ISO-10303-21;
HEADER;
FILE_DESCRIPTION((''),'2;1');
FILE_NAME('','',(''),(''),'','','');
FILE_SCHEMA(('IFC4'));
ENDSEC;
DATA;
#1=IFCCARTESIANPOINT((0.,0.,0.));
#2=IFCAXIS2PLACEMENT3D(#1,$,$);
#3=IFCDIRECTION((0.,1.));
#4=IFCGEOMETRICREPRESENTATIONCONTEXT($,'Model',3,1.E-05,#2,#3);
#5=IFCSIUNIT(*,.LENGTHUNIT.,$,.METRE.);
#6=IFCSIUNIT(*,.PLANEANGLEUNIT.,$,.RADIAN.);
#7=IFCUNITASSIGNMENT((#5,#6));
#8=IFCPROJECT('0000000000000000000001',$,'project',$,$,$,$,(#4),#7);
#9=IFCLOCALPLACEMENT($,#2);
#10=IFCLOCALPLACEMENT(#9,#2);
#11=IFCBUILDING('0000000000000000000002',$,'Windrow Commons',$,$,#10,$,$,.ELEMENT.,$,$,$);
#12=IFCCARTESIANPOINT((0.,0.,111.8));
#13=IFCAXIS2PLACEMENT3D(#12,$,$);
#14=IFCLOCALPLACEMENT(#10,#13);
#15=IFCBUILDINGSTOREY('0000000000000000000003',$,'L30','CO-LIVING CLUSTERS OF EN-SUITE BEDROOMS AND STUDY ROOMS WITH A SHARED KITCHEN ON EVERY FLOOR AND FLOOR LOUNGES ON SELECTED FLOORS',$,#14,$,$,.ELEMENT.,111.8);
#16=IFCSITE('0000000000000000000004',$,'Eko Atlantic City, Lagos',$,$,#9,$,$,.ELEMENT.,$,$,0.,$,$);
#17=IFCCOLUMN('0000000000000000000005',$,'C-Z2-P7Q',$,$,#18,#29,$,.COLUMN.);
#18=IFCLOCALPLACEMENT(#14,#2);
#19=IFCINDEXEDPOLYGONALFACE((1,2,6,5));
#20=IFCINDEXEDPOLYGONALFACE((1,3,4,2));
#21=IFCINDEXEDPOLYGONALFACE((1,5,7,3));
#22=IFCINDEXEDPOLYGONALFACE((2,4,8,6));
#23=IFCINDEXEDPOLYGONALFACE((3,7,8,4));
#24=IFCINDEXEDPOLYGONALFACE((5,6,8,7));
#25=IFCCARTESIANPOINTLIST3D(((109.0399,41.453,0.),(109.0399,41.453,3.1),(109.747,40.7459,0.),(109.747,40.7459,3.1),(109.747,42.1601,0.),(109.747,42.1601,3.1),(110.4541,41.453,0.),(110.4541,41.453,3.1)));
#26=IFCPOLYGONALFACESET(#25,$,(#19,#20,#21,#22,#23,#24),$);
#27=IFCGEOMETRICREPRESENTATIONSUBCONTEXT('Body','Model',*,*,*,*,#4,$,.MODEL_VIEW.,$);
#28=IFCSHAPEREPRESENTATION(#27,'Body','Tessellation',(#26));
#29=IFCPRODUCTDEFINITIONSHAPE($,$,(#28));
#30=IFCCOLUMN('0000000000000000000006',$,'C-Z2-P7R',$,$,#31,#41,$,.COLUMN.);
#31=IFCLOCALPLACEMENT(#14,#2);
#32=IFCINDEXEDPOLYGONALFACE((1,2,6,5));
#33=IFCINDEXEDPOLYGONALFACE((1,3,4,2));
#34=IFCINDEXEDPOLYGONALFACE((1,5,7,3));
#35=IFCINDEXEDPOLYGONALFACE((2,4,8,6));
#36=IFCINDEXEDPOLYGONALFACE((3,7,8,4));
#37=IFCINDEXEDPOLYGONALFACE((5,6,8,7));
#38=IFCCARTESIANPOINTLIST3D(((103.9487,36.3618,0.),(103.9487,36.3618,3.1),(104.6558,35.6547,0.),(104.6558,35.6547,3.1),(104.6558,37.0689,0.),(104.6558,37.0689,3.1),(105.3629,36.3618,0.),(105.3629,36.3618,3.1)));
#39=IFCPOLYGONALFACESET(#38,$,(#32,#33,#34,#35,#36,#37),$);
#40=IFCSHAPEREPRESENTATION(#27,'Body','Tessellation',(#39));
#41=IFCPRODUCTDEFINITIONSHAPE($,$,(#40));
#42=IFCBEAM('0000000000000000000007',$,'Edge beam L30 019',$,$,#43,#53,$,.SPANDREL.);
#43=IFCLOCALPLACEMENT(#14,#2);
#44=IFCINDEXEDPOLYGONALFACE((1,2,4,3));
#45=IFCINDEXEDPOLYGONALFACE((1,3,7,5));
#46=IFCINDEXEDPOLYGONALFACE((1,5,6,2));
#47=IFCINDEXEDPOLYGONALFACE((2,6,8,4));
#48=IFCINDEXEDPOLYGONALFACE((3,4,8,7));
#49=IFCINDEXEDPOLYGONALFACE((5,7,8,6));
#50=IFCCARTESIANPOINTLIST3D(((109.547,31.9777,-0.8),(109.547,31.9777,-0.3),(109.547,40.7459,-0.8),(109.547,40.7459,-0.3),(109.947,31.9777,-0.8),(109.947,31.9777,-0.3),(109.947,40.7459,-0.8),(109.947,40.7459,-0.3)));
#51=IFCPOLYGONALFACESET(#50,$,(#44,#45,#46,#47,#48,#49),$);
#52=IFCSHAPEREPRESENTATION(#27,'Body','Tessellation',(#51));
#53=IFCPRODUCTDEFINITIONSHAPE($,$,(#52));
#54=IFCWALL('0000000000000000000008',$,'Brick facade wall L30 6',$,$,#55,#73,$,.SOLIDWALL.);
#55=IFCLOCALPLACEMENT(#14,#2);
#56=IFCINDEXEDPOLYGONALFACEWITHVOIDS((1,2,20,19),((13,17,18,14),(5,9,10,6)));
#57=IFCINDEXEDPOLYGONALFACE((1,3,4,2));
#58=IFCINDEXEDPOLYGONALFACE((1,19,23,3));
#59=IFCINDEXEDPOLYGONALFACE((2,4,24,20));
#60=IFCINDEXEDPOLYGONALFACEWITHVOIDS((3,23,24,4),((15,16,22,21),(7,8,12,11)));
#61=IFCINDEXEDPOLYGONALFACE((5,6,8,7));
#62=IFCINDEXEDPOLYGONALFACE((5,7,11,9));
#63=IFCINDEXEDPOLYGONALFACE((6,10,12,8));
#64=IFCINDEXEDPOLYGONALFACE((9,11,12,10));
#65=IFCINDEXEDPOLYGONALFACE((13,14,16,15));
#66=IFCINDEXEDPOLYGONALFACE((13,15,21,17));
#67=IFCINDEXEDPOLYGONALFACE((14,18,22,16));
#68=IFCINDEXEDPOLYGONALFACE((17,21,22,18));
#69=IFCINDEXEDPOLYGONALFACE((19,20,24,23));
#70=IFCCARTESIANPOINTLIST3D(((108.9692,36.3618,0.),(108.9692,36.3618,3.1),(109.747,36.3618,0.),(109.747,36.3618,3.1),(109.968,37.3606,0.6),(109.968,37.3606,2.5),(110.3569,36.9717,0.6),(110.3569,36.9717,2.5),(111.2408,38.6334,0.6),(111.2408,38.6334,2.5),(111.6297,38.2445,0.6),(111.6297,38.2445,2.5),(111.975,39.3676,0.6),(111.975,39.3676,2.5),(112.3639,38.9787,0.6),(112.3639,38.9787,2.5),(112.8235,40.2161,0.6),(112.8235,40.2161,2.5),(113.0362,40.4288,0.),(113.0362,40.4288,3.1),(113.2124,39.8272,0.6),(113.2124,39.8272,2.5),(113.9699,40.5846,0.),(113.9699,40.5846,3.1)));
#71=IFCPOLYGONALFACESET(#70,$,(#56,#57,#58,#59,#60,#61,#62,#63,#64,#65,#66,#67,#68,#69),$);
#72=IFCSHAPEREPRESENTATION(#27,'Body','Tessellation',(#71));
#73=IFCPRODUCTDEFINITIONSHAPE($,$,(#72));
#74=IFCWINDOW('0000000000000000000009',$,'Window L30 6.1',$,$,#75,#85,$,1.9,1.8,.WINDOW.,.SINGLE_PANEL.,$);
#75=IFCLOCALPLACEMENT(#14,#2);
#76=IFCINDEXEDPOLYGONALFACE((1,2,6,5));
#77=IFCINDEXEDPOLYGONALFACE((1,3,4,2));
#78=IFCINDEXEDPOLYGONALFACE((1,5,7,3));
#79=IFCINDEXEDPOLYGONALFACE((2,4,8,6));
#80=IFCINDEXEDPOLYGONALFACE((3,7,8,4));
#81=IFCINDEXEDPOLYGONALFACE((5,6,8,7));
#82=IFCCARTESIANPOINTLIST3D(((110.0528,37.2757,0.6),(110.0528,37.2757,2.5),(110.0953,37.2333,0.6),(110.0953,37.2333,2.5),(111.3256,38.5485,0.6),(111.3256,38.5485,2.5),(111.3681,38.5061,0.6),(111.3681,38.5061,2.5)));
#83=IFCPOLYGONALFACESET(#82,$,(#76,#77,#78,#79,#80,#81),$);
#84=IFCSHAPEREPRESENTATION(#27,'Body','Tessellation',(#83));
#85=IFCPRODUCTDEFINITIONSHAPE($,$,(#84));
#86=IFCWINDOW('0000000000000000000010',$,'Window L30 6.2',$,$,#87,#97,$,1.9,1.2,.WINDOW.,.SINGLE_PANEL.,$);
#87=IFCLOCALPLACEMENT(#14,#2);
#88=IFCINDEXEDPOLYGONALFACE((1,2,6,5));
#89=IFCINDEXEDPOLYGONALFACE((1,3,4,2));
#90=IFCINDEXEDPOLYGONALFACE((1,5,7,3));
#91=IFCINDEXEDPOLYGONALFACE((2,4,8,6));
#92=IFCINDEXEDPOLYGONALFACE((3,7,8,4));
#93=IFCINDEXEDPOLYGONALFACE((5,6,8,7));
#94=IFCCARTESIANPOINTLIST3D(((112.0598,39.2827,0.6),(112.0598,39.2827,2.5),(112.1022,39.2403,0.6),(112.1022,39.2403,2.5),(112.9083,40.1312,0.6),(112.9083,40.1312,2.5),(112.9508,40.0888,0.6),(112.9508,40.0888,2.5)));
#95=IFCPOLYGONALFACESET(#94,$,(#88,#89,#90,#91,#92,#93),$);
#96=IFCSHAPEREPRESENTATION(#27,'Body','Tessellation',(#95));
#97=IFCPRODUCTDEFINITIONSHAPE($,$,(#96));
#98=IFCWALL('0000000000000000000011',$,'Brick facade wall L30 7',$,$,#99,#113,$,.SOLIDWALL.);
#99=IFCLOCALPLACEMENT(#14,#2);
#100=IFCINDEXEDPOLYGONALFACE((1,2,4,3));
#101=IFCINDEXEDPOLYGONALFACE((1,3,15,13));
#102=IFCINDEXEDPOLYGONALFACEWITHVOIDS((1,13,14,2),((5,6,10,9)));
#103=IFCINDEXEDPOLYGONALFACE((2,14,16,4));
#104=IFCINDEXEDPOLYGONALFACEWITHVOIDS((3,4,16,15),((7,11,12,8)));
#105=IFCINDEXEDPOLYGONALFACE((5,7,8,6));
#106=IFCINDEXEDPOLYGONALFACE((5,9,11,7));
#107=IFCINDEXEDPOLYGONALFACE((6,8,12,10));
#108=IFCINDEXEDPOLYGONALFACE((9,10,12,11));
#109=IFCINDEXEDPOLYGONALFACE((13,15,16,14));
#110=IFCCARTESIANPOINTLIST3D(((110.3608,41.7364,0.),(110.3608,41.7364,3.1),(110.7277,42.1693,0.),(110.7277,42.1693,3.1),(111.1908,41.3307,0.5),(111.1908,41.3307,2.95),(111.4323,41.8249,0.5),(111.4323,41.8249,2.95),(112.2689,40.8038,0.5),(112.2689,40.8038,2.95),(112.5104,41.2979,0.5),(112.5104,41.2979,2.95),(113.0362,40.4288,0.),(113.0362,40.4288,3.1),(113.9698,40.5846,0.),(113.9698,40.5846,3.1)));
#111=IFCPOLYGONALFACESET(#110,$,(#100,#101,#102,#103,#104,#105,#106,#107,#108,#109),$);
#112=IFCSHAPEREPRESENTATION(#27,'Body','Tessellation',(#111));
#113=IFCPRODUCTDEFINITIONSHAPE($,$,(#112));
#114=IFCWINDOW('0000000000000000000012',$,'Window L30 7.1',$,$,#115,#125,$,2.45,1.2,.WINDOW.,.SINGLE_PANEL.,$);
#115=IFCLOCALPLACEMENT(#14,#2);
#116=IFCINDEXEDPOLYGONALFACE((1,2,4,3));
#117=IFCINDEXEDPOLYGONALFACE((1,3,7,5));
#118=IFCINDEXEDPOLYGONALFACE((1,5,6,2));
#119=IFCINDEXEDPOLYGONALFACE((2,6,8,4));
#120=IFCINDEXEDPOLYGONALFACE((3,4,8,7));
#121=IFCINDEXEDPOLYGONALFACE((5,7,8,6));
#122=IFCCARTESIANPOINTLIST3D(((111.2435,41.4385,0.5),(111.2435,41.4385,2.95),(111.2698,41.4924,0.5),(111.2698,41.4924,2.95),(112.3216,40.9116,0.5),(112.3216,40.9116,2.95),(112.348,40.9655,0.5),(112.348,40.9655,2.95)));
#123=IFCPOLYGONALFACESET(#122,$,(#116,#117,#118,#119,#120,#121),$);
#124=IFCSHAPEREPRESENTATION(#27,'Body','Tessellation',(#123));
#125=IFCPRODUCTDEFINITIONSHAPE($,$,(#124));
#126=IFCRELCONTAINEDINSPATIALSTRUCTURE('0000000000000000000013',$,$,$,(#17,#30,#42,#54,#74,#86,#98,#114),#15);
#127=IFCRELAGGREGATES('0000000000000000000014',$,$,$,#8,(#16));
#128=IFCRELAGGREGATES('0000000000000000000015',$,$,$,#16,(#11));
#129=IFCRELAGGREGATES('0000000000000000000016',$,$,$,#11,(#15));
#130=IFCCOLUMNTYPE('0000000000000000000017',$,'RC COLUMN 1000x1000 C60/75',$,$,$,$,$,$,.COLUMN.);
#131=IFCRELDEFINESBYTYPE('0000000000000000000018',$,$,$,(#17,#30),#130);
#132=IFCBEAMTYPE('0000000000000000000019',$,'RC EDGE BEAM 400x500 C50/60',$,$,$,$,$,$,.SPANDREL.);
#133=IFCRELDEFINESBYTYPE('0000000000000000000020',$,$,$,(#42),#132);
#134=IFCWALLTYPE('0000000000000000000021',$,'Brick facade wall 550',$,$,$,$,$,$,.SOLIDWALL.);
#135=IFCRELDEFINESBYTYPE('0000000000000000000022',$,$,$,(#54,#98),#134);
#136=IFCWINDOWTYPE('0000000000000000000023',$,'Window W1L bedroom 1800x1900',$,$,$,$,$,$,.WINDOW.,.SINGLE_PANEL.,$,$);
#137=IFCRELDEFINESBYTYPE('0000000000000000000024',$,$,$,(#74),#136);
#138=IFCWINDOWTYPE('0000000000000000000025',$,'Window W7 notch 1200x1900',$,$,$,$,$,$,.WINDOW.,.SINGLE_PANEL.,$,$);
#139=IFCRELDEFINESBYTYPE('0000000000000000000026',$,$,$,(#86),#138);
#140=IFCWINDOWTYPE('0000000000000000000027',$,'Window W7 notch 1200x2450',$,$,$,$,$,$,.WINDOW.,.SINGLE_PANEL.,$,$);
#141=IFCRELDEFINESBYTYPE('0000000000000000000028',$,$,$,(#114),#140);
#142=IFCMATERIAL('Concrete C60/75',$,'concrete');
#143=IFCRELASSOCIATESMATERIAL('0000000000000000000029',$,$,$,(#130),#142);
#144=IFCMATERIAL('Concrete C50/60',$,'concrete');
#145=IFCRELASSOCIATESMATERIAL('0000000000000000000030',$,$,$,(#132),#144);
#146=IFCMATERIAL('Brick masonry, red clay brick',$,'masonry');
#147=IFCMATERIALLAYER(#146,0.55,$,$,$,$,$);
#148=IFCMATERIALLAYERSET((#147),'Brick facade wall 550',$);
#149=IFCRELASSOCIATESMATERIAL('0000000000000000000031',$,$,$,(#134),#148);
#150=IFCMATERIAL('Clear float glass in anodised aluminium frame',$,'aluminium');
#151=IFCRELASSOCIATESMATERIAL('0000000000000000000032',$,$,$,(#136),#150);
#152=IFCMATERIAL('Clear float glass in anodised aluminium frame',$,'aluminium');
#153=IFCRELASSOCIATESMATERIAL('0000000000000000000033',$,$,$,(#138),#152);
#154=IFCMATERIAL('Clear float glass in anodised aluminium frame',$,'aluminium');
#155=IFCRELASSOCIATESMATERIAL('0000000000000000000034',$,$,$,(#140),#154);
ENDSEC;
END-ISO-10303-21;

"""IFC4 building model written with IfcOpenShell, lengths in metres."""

from ifc_helpers import new_model, si_unit, direction, frame, frame_2d, origin, origin_2d, place, context, subcontext, project, spatial, polyline, rectangle, outline, extrude, material, layer, layer_set, material_profile, profile_set, type_object, element, fill, save


model = new_model("IFC4")

# Units and contexts
model_context = context("Model", 3, precision=1e-05, world=origin(), true_north=direction((0.0, 1.0)))
body_context = subcontext(model_context, "Body", "Model", "MODEL_VIEW")
ifc_project = project(units=[si_unit("LENGTHUNIT", "METRE"), si_unit("PLANEANGLEUNIT", "RADIAN")], contexts=[model_context])

# Site, building, storey
site_placement = place(None, origin())
site = spatial("IfcSite", under=ifc_project, at=site_placement, Name="Eko Atlantic City, Lagos", CompositionType="ELEMENT", RefElevation=0.0)
building_placement = place(site_placement, origin())
building = spatial("IfcBuilding", under=site, at=building_placement, Name="Windrow Commons", CompositionType="ELEMENT")
storey_placement = place(building_placement, frame((0.0, 0.0, 111.8)))
storey = spatial("IfcBuildingStorey", under=building, at=storey_placement, Name="L30", Description="CO-LIVING CLUSTERS OF EN-SUITE BEDROOMS AND STUDY ROOMS WITH A SHARED KITCHEN ON EVERY FLOOR AND FLOOR LOUNGES ON SELECTED FLOORS", CompositionType="ELEMENT", Elevation=111.8)

# Columns
ifc_material_1 = material(Name="Concrete C60/75", Category="concrete")
ifc_material_profile_1 = material_profile(ifc_material_1, rectangle(XDim=1.0, YDim=1.0, at=origin_2d()))
ifc_profile_set_1 = profile_set([ifc_material_profile_1], Name="Concrete C60/75")
column_type = type_object("IfcColumnType", Name="RC COLUMN 1000x1000 C60/75", PredefinedType="COLUMN", material=ifc_profile_set_1)
for number, where, z_axis, x_axis, name in (
    (1, (109.747, 41.453, 0.0), (0.0, 0.0, 1.0), (0.707107, -0.707107, 0.0), "C-Z2-P7Q"),
    (2, (104.6558, 36.3618, 0.0), (0.0, 0.0, 1.0), (0.707107, -0.707107, 0.0), "C-Z2-P7R"),
):
    element("IfcColumn", number, at=place(storey_placement, frame(where, z_axis=z_axis, x_axis=x_axis)), inside=storey, type_object=column_type, Name=name, PredefinedType="COLUMN", context=body_context, shape_type="SweptSolid", body=[
        extrude(rectangle(XDim=1.0, YDim=1.0, at=origin_2d()), origin(), (0.0, 0.0, 1.0), 3.1),
    ])

# Beam
ifc_material_2 = material(Name="Concrete C50/60", Category="concrete")
ifc_material_profile_2 = material_profile(ifc_material_2, rectangle(XDim=0.4, YDim=0.5, at=origin_2d()))
ifc_profile_set_2 = profile_set([ifc_material_profile_2], Name="Concrete C50/60")
beam_type = type_object("IfcBeamType", Name="RC EDGE BEAM 400x500 C50/60", PredefinedType="SPANDREL", material=ifc_profile_set_2)
beam_placement = place(storey_placement, frame((109.747, 40.7459, -0.55), z_axis=(0.0, -1.0, 0.0), x_axis=(1.0, 0.0, 0.0)))
element("IfcBeam", 3, at=beam_placement, inside=storey, type_object=beam_type, Name="Edge beam L30 019", PredefinedType="SPANDREL", context=body_context, shape_type="SweptSolid", body=[
    extrude(rectangle(XDim=0.4, YDim=0.5, at=origin_2d()), origin(), (0.0, 0.0, 1.0), 8.7682),
])

# Wall, openings, windows
ifc_material_3 = material(Name="Brick masonry, red clay brick", Category="masonry")
ifc_layer_1 = layer(ifc_material_3, 0.55)
ifc_layer_set_1 = layer_set([ifc_layer_1], Name="Brick facade wall 550")
wall_type_1 = type_object("IfcWallType", Name="Brick facade wall 550", PredefinedType="SOLIDWALL", material=ifc_layer_set_1)
wall_1_placement = place(storey_placement, frame((109.3581, 36.3618, 0.0), z_axis=(0.0, 0.0, 1.0), x_axis=(0.707107, 0.707107, 0.0)))
wall_1 = element("IfcWall", 4, at=wall_1_placement, inside=storey, type_object=wall_type_1, Name="Brick facade wall L30 6", PredefinedType="SOLIDWALL", context=body_context, shape_type="SweptSolid", body=[
    extrude(outline(polyline([(0.275, -0.275), (6.247, -0.275), (5.4766, 0.275), (-0.275, 0.275), (0.275, -0.275)])), origin(), (0.0, 0.0, 1.0), 3.1),
])
opening_1_placement = place(wall_1_placement, frame((1.1375, 0.0, 0.6)))
opening_1 = element("IfcOpeningElement", 5, at=opening_1_placement, cuts=wall_1, PredefinedType="OPENING", context=body_context, shape_type="SweptSolid", body=[
    extrude(rectangle(XDim=1.8, YDim=1.9, at=frame_2d((0.9, 0.95))), frame((0.0, 0.285, 0.0), z_axis=(0.0, -1.0, 0.0), x_axis=(1.0, 0.0, 0.0)), (0.0, 0.0, 1.0), 0.57),
])
opening_2_placement = place(wall_1_placement, frame((3.9758, 0.0, 0.6)))
opening_2 = element("IfcOpeningElement", 6, at=opening_2_placement, cuts=wall_1, PredefinedType="OPENING", context=body_context, shape_type="SweptSolid", body=[
    extrude(rectangle(XDim=1.2, YDim=1.9, at=frame_2d((0.6, 0.95))), frame((0.0, 0.285, 0.0), z_axis=(0.0, -1.0, 0.0), x_axis=(1.0, 0.0, 0.0)), (0.0, 0.0, 1.0), 0.57),
])
ifc_material_4 = material(Name="Clear float glass in anodised aluminium frame", Category="aluminium")
window_type_1 = type_object("IfcWindowType", Name="Window W1L bedroom 1800x1900", PartitioningType="SINGLE_PANEL", PredefinedType="WINDOW", material=ifc_material_4)
window_1_placement = place(opening_1_placement, origin())
window_1 = element("IfcWindow", 7, at=window_1_placement, inside=storey, type_object=window_type_1, Name="Window L30 6.1", OverallHeight=1.9, OverallWidth=1.8, PartitioningType="SINGLE_PANEL", PredefinedType="WINDOW", context=body_context, shape_type="SweptSolid", body=[
    extrude(rectangle(XDim=1.8, YDim=1.9, at=frame_2d((0.9, 0.95))), frame((0.0, 0.155, 0.0), z_axis=(0.0, -1.0, 0.0), x_axis=(1.0, 0.0, 0.0)), (0.0, 0.0, 1.0), 0.06),
])
fill(opening_1, window_1)
ifc_material_5 = material(Name="Clear float glass in anodised aluminium frame", Category="aluminium")
window_type_2 = type_object("IfcWindowType", Name="Window W7 notch 1200x1900", PartitioningType="SINGLE_PANEL", PredefinedType="WINDOW", material=ifc_material_5)
window_2_placement = place(opening_2_placement, origin())
window_2 = element("IfcWindow", 8, at=window_2_placement, inside=storey, type_object=window_type_2, Name="Window L30 6.2", OverallHeight=1.9, OverallWidth=1.2, PartitioningType="SINGLE_PANEL", PredefinedType="WINDOW", context=body_context, shape_type="SweptSolid", body=[
    extrude(rectangle(XDim=1.2, YDim=1.9, at=frame_2d((0.6, 0.95))), frame((0.0, 0.155, 0.0), z_axis=(0.0, -1.0, 0.0), x_axis=(1.0, 0.0, 0.0)), (0.0, 0.0, 1.0), 0.06),
])
fill(opening_2, window_2)

# Wall, opening, window
wall_2_placement = place(storey_placement, frame((113.503, 40.5067, 0.0), z_axis=(0.0, 0.0, 1.0), x_axis=(-0.898429, 0.439118, 0.0)))
wall_2 = element("IfcWall", 9, at=wall_2_placement, inside=storey, type_object=wall_type_1, Name="Brick facade wall L30 7", PredefinedType="SOLIDWALL", context=body_context, shape_type="SweptSolid", body=[
    extrude(outline(polyline([(-0.3852, -0.275), (3.2235, -0.275), (3.363, 0.275), (0.3852, 0.275), (-0.3852, -0.275)])), origin(), (0.0, 0.0, 1.0), 3.1),
])
opening_3_placement = place(wall_2_placement, frame((1.2392, 0.0, 0.5)))
opening_3 = element("IfcOpeningElement", 10, at=opening_3_placement, cuts=wall_2, PredefinedType="OPENING", context=body_context, shape_type="SweptSolid", body=[
    extrude(rectangle(XDim=1.2, YDim=2.45, at=frame_2d((0.6, 1.225))), frame((0.0, 0.285, 0.0), z_axis=(0.0, -1.0, 0.0), x_axis=(1.0, 0.0, 0.0)), (0.0, 0.0, 1.0), 0.57),
])
ifc_material_6 = material(Name="Clear float glass in anodised aluminium frame", Category="aluminium")
window_type_3 = type_object("IfcWindowType", Name="Window W7 notch 1200x2450", PartitioningType="SINGLE_PANEL", PredefinedType="WINDOW", material=ifc_material_6)
window_3_placement = place(opening_3_placement, origin())
window_3 = element("IfcWindow", 11, at=window_3_placement, inside=storey, type_object=window_type_3, Name="Window L30 7.1", OverallHeight=2.45, OverallWidth=1.2, PartitioningType="SINGLE_PANEL", PredefinedType="WINDOW", context=body_context, shape_type="SweptSolid", body=[
    extrude(rectangle(XDim=1.2, YDim=2.45, at=frame_2d((0.6, 1.225))), frame((0.0, 0.155, 0.0), z_axis=(0.0, -1.0, 0.0), x_axis=(1.0, 0.0, 0.0)), (0.0, 0.0, 1.0), 0.06),
])
fill(opening_3, window_3)

save(model, "model.ifc")
